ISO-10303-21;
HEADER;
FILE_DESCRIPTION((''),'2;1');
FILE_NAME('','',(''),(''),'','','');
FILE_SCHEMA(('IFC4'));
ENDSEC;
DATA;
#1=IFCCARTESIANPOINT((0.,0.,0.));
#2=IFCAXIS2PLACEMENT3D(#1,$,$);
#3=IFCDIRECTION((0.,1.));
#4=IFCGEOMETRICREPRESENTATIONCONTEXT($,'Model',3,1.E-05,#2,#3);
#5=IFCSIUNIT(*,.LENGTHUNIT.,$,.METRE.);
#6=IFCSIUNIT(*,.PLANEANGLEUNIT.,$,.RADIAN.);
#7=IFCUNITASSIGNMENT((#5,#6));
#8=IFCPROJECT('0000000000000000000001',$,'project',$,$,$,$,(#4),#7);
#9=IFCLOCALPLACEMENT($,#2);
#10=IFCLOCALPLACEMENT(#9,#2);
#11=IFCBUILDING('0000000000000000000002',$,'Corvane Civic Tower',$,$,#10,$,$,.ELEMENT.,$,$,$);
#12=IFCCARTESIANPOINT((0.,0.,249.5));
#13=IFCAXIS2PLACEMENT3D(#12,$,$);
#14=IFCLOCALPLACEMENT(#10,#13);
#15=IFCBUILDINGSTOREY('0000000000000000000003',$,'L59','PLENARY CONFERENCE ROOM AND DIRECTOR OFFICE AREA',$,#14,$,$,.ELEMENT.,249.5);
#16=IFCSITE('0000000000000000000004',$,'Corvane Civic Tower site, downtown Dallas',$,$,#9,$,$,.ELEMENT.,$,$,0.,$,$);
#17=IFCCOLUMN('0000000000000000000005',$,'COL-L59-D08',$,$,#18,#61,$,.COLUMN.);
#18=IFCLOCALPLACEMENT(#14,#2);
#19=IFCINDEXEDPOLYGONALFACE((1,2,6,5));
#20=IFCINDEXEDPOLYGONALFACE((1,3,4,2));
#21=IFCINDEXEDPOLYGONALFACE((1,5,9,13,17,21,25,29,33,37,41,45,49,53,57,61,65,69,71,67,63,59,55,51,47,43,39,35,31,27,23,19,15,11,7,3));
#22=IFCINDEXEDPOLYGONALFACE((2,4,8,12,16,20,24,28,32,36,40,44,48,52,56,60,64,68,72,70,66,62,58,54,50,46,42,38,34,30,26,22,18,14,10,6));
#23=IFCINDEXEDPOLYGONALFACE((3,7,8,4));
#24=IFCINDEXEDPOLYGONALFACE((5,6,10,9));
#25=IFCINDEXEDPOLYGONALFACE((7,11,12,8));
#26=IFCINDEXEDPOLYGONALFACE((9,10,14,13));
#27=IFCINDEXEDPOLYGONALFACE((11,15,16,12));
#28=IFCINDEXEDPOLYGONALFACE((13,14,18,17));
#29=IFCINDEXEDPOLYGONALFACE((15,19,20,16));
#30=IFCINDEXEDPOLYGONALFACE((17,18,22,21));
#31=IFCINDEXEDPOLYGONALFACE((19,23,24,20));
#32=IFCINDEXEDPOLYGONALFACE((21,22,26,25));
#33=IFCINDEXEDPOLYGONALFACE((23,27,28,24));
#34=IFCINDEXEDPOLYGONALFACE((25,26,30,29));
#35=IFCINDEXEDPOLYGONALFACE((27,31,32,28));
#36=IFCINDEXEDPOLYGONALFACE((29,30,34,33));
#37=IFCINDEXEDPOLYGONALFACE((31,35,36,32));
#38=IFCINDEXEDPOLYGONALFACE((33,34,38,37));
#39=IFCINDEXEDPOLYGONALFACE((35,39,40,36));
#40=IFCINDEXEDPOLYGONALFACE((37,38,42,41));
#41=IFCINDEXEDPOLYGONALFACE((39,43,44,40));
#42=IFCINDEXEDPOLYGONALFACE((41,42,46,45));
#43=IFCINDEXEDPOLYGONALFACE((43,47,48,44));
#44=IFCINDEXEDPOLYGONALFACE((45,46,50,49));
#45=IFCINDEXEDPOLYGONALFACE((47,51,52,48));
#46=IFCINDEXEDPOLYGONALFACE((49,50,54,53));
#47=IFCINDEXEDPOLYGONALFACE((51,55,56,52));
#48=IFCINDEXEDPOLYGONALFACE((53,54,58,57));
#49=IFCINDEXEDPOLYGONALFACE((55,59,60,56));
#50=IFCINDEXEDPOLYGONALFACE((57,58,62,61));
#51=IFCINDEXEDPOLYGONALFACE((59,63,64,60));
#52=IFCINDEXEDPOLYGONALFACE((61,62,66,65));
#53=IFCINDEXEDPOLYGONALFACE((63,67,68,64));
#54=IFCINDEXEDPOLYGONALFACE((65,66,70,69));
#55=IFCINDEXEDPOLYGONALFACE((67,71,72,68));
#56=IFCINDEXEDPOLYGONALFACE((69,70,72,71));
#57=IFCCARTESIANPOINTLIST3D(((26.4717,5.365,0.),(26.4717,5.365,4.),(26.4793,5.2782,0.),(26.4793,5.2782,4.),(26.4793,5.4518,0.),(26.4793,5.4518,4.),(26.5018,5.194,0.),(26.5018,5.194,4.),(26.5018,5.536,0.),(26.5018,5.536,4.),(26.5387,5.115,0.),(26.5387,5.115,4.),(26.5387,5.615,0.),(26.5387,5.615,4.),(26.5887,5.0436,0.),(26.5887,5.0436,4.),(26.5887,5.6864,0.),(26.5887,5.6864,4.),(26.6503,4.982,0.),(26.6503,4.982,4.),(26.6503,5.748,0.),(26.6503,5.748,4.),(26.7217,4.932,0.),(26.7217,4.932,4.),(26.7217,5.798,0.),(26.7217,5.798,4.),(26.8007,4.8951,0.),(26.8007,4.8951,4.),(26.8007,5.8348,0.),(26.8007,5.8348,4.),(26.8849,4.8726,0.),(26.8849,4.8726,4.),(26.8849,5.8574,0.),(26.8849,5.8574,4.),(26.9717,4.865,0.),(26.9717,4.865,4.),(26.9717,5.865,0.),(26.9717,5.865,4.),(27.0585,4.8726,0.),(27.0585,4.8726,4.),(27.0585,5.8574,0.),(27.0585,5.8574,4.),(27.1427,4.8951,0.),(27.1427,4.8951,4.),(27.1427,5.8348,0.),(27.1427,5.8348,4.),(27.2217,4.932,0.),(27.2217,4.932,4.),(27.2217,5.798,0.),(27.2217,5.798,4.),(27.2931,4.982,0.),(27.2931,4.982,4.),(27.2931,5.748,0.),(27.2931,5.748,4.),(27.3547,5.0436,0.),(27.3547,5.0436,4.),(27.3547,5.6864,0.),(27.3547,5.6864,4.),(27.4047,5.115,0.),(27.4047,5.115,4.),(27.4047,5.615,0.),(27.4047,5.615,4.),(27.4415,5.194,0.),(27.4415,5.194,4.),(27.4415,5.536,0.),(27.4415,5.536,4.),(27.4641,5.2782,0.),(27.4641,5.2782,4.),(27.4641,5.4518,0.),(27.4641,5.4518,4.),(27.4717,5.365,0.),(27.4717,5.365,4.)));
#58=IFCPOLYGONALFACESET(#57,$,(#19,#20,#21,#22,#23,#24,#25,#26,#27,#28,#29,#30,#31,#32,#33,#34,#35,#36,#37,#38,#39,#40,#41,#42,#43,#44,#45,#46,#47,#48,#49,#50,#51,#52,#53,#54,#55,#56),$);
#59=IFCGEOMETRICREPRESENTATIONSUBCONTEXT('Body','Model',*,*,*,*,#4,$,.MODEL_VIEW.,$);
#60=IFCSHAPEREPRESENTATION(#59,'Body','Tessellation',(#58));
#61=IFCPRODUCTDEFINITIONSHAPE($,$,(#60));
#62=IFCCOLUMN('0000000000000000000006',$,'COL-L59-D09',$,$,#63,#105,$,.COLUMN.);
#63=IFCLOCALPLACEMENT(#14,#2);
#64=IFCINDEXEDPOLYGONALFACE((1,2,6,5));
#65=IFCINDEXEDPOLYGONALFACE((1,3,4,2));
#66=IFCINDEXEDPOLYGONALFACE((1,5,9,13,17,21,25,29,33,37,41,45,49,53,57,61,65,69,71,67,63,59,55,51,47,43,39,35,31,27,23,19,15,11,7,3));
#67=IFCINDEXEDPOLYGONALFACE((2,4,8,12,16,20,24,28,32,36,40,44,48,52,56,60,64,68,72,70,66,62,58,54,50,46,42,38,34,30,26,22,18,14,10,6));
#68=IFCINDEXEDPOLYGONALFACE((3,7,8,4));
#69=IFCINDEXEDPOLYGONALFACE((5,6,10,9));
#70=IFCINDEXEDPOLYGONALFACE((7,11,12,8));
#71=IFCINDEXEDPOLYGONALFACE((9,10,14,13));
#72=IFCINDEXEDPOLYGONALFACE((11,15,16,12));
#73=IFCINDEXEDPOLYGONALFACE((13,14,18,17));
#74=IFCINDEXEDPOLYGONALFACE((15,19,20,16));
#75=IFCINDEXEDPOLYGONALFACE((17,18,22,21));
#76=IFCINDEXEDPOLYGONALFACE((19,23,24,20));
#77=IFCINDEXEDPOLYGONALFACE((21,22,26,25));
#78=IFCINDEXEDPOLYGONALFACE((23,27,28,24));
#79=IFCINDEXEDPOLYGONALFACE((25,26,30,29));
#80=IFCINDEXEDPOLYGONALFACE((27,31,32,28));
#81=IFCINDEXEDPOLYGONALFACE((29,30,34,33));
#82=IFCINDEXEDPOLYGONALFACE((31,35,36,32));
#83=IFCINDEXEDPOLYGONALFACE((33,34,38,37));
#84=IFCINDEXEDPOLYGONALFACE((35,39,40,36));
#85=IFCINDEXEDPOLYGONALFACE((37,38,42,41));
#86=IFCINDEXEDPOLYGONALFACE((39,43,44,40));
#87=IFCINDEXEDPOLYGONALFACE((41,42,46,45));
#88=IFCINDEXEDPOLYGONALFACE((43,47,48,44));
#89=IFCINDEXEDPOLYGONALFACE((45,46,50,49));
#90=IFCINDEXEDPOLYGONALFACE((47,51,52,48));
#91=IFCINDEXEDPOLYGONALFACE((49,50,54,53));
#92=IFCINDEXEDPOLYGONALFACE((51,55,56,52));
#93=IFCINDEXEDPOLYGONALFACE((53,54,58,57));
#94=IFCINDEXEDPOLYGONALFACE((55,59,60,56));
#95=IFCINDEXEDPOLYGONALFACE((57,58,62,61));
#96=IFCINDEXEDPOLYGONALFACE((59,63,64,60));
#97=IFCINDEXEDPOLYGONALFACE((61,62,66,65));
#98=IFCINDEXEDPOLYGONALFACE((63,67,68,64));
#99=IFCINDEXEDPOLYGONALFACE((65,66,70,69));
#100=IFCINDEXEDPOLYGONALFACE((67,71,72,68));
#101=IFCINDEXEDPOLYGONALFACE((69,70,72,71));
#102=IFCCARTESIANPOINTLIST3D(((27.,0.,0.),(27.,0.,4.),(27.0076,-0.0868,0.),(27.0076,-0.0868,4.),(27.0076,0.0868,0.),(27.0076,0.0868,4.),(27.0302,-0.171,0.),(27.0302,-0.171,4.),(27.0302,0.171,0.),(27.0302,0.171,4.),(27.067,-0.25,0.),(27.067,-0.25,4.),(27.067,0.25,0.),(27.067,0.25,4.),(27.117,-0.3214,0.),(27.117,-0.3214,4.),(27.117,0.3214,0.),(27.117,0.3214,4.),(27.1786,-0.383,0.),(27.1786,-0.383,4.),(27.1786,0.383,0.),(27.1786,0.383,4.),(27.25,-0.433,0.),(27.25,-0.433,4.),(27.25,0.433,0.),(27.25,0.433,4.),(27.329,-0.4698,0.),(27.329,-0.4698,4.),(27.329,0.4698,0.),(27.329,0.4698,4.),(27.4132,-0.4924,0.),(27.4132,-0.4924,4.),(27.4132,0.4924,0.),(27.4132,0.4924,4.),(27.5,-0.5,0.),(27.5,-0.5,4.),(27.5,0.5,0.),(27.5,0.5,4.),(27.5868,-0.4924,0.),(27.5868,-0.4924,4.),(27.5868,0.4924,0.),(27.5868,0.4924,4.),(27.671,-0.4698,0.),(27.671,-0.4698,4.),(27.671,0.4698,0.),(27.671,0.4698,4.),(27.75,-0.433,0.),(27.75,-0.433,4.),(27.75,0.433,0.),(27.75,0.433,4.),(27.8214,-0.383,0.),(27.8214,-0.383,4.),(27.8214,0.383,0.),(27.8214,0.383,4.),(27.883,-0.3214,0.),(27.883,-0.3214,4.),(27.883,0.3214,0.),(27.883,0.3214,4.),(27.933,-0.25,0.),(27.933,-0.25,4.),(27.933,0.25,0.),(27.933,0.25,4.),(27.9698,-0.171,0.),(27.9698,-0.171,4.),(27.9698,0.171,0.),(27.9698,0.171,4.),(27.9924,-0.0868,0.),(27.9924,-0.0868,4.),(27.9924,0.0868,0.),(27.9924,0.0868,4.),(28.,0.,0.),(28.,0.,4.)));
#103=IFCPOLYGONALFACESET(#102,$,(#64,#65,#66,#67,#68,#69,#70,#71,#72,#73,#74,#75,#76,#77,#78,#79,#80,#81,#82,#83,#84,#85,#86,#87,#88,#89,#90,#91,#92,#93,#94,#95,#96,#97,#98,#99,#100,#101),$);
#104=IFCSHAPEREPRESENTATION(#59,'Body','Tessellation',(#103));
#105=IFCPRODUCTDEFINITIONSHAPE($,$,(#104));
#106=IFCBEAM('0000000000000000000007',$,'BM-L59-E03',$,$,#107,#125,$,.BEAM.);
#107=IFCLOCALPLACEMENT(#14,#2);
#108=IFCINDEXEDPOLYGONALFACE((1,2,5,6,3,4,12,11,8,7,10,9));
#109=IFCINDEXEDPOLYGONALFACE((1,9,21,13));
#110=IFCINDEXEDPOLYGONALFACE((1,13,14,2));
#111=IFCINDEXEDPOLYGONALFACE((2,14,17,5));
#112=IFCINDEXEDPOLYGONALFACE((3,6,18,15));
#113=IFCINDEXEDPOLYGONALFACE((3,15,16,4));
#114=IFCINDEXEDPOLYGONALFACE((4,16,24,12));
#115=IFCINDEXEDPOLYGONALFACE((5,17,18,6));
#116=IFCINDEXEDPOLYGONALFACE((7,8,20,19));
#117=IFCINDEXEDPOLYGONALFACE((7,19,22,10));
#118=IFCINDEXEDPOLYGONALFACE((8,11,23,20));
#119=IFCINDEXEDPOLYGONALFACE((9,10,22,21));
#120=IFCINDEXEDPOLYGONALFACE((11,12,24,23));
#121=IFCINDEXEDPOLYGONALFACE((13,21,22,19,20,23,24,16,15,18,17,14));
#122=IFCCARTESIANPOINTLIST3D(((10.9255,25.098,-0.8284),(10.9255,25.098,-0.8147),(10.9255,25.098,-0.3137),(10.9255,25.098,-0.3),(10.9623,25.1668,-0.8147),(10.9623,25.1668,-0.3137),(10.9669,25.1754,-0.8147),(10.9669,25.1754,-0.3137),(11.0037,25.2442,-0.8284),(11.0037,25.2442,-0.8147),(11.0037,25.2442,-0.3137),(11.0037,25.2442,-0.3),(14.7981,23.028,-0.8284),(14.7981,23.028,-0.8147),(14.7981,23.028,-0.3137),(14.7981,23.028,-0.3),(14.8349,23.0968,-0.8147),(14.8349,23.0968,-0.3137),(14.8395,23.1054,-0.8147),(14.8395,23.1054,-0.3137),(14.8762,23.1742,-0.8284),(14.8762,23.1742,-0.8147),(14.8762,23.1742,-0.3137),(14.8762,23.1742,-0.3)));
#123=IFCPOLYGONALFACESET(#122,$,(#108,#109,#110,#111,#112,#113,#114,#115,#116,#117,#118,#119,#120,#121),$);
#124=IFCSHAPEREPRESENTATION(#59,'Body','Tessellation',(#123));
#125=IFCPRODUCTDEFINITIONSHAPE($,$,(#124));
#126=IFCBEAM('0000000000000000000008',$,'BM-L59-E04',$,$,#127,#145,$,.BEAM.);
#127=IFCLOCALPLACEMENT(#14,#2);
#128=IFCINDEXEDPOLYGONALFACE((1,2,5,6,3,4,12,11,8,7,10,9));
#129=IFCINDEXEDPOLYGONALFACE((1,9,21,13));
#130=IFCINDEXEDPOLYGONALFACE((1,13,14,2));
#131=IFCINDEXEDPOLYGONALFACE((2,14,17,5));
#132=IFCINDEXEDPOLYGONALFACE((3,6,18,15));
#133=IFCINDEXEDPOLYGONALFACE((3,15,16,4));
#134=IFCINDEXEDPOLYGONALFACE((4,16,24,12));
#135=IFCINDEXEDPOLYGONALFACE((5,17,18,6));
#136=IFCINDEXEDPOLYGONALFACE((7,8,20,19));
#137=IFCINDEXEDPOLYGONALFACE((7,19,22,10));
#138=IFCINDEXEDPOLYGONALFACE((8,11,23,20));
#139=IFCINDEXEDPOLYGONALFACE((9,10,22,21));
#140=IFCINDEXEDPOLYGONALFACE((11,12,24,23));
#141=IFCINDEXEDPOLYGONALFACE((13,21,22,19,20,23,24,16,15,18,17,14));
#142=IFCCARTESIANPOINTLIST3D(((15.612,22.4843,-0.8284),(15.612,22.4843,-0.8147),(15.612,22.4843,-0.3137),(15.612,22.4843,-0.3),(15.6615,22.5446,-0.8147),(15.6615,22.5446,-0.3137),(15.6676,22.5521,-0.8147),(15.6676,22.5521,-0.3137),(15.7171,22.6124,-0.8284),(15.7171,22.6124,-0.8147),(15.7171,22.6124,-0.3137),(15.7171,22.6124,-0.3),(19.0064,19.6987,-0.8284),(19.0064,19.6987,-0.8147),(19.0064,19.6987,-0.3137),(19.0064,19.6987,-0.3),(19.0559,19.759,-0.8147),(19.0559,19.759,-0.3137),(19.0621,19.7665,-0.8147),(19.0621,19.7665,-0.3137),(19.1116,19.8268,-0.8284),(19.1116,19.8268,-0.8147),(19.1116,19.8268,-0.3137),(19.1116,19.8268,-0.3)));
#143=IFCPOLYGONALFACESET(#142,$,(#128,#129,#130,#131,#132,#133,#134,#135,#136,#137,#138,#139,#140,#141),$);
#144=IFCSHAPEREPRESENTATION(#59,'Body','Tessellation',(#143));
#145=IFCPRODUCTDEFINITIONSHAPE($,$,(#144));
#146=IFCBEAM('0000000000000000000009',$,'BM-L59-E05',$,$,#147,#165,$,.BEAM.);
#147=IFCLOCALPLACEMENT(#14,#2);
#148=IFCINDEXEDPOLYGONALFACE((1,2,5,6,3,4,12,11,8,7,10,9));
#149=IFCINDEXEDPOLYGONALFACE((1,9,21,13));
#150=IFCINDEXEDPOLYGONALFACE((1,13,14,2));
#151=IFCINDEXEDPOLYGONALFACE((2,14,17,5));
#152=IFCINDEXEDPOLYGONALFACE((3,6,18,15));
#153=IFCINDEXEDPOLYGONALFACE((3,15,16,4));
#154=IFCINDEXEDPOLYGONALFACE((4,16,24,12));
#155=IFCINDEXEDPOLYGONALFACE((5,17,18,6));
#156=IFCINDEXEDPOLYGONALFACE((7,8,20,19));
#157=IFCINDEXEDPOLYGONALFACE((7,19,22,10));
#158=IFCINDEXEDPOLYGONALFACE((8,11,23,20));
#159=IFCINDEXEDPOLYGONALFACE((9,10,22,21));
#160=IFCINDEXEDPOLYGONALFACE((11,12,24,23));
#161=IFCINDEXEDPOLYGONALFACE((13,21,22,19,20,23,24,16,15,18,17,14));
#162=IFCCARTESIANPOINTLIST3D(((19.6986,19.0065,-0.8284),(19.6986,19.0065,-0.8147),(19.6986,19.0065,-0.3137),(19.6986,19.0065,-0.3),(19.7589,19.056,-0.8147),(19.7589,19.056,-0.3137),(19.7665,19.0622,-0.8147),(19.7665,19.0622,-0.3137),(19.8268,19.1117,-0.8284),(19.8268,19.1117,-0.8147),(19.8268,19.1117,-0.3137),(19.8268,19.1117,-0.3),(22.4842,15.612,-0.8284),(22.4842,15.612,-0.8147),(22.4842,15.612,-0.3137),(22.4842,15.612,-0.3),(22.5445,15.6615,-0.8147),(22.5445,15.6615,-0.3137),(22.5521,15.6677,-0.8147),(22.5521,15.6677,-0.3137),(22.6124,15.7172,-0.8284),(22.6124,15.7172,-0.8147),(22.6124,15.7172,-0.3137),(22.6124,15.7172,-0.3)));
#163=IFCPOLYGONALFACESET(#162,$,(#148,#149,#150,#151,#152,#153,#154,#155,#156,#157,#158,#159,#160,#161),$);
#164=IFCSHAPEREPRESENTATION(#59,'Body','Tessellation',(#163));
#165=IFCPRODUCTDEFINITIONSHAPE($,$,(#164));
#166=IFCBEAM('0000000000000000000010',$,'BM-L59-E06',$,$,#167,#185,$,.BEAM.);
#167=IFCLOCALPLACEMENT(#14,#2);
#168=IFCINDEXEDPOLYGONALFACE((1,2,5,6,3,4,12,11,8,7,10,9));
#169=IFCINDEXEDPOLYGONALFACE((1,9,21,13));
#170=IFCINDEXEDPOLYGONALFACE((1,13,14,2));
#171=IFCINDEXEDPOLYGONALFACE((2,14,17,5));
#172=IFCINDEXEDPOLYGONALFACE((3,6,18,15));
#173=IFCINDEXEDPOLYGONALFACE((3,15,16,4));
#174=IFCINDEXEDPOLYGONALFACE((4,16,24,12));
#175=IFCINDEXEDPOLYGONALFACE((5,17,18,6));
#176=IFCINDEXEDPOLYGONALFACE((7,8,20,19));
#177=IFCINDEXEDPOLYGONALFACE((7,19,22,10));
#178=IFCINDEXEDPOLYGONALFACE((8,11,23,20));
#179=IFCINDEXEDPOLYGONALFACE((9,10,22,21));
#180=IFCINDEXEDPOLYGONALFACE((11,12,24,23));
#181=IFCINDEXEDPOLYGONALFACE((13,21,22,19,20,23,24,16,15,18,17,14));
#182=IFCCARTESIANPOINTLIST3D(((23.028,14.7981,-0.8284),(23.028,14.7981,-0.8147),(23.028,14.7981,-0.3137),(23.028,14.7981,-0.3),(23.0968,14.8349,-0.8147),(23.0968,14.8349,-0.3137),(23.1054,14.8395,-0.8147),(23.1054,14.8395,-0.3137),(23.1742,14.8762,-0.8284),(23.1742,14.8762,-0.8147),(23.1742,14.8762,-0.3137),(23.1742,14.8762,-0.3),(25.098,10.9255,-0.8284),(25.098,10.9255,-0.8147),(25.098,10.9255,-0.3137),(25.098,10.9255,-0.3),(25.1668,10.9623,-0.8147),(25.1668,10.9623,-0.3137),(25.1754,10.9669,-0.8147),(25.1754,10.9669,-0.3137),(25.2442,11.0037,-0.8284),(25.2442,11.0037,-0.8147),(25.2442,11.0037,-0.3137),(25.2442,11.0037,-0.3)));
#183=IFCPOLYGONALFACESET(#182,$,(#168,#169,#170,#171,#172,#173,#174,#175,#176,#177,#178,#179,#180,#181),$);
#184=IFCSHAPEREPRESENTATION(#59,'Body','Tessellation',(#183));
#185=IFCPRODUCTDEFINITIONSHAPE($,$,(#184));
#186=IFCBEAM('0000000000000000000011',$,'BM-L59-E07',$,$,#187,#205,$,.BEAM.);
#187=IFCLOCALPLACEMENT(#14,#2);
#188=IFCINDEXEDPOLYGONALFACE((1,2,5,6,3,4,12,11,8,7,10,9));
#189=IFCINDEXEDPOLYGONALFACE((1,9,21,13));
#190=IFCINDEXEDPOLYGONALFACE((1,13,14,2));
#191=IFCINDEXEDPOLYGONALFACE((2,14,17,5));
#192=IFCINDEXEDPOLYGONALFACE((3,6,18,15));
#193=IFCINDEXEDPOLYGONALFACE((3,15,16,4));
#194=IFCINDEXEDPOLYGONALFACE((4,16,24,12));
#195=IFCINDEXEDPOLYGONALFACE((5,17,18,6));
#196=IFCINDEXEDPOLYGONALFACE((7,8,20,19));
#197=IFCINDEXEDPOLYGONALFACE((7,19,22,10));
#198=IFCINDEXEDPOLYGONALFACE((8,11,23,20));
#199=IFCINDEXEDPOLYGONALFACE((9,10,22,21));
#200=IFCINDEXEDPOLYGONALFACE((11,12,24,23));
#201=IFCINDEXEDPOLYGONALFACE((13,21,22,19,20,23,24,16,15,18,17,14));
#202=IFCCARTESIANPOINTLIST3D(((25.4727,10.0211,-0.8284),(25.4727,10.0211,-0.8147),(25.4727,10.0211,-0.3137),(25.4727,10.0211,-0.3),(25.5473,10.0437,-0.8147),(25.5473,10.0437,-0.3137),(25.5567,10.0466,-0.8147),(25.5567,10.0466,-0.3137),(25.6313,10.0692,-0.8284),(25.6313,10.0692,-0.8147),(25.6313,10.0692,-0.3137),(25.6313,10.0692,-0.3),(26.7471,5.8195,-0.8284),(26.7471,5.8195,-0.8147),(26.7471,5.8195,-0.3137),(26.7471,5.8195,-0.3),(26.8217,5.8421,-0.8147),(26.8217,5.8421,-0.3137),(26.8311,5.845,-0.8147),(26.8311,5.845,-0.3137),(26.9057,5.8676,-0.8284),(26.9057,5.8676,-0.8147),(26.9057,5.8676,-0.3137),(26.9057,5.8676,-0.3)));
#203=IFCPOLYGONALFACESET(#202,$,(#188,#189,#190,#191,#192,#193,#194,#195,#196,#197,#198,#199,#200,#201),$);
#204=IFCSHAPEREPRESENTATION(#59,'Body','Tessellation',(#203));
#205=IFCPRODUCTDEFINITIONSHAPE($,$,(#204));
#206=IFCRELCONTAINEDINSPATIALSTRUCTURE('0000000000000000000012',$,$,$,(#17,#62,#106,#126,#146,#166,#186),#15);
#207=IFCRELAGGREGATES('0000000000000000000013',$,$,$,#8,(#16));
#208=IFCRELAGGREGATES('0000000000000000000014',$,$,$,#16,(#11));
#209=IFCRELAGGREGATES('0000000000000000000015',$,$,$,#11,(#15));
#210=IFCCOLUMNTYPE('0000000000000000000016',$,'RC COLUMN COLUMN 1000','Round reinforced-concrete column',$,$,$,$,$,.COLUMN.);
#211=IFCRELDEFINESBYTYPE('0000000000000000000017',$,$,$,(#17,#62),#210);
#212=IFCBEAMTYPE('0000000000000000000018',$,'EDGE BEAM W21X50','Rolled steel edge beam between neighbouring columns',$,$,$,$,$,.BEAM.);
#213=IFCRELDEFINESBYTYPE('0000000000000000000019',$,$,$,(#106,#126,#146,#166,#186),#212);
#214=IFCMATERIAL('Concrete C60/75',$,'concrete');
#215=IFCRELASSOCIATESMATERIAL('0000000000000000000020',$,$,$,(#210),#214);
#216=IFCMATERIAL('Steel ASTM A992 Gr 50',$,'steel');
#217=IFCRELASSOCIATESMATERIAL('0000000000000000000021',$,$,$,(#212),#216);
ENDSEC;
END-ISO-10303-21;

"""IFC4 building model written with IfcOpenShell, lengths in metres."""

from ifc_helpers import new_model, si_unit, direction, frame, origin, origin_2d, place, context, subcontext, project, spatial, circle, i_section, extrude, material, material_profile, profile_set, type_object, element, save


model = new_model("IFC4")

# Units and contexts
model_context = context("Model", 3, precision=1e-05, world=origin(), true_north=direction((0.0, 1.0)))
body_context = subcontext(model_context, "Body", "Model", "MODEL_VIEW")
ifc_project = project(units=[si_unit("LENGTHUNIT", "METRE"), si_unit("PLANEANGLEUNIT", "RADIAN")], contexts=[model_context])

# Site, building, storey
site_placement = place(None, origin())
site = spatial("IfcSite", under=ifc_project, at=site_placement, Name="Corvane Civic Tower site, downtown Dallas", CompositionType="ELEMENT", RefElevation=0.0)
building_placement = place(site_placement, origin())
building = spatial("IfcBuilding", under=site, at=building_placement, Name="Corvane Civic Tower", CompositionType="ELEMENT")
storey_placement = place(building_placement, frame((0.0, 0.0, 249.5)))
storey = spatial("IfcBuildingStorey", under=building, at=storey_placement, Name="L59", Description="PLENARY CONFERENCE ROOM AND DIRECTOR OFFICE AREA", CompositionType="ELEMENT", Elevation=249.5)

# Columns
ifc_material_1 = material(Name="Concrete C60/75", Category="concrete")
ifc_material_profile_1 = material_profile(ifc_material_1, circle(Radius=0.5, at=origin_2d()), Name="COLUMN 1000")
ifc_profile_set_1 = profile_set([ifc_material_profile_1], Name="Concrete C60/75")
column_type = type_object("IfcColumnType", Name="RC COLUMN COLUMN 1000", Description="Round reinforced-concrete column", PredefinedType="COLUMN", material=ifc_profile_set_1)
for number, where, z_axis, x_axis, name in (
    (1, (26.9717, 5.365, 0.0), (0.0, 0.0, 1.0), (1.0, 0.0, 0.0), "COL-L59-D08"),
    (2, (27.5, 0.0, 0.0), (0.0, 0.0, 1.0), (1.0, 0.0, 0.0), "COL-L59-D09"),
):
    element("IfcColumn", number, at=place(storey_placement, frame(where, z_axis=z_axis, x_axis=x_axis)), inside=storey, type_object=column_type, Name=name, PredefinedType="COLUMN", context=body_context, shape_type="SweptSolid", body=[
        extrude(circle(Radius=0.5, at=origin_2d()), origin(), (0.0, 0.0, 1.0), 4.0),
    ])

# Beams
ifc_material_2 = material(Name="Steel ASTM A992 Gr 50", Category="steel")
ifc_material_profile_2 = material_profile(ifc_material_2, i_section(OverallWidth=0.1658, OverallDepth=0.5283, WebThickness=0.0098, FlangeThickness=0.0137, at=origin_2d()), Name="W21X50")
ifc_profile_set_2 = profile_set([ifc_material_profile_2], Name="Steel ASTM A992 Gr 50")
beam_type_1 = type_object("IfcBeamType", Name="EDGE BEAM W21X50", Description="Rolled steel edge beam between neighbouring columns", PredefinedType="BEAM", material=ifc_profile_set_2)
for number, where, z_axis, x_axis, name in (
    (3, (10.9646, 25.1711, -0.5642), (0.881908, -0.471422, 0.0), (0.471422, 0.881908, 0.0), "BM-L59-E03"),
    (4, (15.6646, 22.5483, -0.5642), (0.77303, -0.634369, 0.0), (0.634369, 0.77303, 0.0), "BM-L59-E04"),
    (5, (19.7627, 19.0591, -0.5642), (0.634369, -0.77303, 0.0), (0.77303, 0.634369, 0.0), "BM-L59-E05"),
    (6, (23.1011, 14.8372, -0.5642), (0.471422, -0.881908, 0.0), (0.881908, 0.471422, 0.0), "BM-L59-E06"),
):
    element("IfcBeam", number, at=place(storey_placement, frame(where, z_axis=z_axis, x_axis=x_axis)), inside=storey, type_object=beam_type_1, Name=name, PredefinedType="BEAM", context=body_context, shape_type="SweptSolid", body=[
        extrude(i_section(OverallWidth=0.1658, OverallDepth=0.5283, WebThickness=0.0098, FlangeThickness=0.0137, at=origin_2d()), origin(), (0.0, 0.0, 1.0), 4.3911),
    ])
beam_1_placement = place(storey_placement, frame((25.552, 10.0452, -0.5642), z_axis=(0.290254, -0.95695, 0.0), x_axis=(0.95695, 0.290254, 0.0)))
element("IfcBeam", 7, at=beam_1_placement, inside=storey, type_object=beam_type_1, Name="BM-L59-E07", PredefinedType="BEAM", context=body_context, shape_type="SweptSolid", body=[
    extrude(i_section(OverallWidth=0.1658, OverallDepth=0.5283, WebThickness=0.0098, FlangeThickness=0.0137, at=origin_2d()), origin(), (0.0, 0.0, 1.0), 4.3906),
])

save(model, "model.ifc")
